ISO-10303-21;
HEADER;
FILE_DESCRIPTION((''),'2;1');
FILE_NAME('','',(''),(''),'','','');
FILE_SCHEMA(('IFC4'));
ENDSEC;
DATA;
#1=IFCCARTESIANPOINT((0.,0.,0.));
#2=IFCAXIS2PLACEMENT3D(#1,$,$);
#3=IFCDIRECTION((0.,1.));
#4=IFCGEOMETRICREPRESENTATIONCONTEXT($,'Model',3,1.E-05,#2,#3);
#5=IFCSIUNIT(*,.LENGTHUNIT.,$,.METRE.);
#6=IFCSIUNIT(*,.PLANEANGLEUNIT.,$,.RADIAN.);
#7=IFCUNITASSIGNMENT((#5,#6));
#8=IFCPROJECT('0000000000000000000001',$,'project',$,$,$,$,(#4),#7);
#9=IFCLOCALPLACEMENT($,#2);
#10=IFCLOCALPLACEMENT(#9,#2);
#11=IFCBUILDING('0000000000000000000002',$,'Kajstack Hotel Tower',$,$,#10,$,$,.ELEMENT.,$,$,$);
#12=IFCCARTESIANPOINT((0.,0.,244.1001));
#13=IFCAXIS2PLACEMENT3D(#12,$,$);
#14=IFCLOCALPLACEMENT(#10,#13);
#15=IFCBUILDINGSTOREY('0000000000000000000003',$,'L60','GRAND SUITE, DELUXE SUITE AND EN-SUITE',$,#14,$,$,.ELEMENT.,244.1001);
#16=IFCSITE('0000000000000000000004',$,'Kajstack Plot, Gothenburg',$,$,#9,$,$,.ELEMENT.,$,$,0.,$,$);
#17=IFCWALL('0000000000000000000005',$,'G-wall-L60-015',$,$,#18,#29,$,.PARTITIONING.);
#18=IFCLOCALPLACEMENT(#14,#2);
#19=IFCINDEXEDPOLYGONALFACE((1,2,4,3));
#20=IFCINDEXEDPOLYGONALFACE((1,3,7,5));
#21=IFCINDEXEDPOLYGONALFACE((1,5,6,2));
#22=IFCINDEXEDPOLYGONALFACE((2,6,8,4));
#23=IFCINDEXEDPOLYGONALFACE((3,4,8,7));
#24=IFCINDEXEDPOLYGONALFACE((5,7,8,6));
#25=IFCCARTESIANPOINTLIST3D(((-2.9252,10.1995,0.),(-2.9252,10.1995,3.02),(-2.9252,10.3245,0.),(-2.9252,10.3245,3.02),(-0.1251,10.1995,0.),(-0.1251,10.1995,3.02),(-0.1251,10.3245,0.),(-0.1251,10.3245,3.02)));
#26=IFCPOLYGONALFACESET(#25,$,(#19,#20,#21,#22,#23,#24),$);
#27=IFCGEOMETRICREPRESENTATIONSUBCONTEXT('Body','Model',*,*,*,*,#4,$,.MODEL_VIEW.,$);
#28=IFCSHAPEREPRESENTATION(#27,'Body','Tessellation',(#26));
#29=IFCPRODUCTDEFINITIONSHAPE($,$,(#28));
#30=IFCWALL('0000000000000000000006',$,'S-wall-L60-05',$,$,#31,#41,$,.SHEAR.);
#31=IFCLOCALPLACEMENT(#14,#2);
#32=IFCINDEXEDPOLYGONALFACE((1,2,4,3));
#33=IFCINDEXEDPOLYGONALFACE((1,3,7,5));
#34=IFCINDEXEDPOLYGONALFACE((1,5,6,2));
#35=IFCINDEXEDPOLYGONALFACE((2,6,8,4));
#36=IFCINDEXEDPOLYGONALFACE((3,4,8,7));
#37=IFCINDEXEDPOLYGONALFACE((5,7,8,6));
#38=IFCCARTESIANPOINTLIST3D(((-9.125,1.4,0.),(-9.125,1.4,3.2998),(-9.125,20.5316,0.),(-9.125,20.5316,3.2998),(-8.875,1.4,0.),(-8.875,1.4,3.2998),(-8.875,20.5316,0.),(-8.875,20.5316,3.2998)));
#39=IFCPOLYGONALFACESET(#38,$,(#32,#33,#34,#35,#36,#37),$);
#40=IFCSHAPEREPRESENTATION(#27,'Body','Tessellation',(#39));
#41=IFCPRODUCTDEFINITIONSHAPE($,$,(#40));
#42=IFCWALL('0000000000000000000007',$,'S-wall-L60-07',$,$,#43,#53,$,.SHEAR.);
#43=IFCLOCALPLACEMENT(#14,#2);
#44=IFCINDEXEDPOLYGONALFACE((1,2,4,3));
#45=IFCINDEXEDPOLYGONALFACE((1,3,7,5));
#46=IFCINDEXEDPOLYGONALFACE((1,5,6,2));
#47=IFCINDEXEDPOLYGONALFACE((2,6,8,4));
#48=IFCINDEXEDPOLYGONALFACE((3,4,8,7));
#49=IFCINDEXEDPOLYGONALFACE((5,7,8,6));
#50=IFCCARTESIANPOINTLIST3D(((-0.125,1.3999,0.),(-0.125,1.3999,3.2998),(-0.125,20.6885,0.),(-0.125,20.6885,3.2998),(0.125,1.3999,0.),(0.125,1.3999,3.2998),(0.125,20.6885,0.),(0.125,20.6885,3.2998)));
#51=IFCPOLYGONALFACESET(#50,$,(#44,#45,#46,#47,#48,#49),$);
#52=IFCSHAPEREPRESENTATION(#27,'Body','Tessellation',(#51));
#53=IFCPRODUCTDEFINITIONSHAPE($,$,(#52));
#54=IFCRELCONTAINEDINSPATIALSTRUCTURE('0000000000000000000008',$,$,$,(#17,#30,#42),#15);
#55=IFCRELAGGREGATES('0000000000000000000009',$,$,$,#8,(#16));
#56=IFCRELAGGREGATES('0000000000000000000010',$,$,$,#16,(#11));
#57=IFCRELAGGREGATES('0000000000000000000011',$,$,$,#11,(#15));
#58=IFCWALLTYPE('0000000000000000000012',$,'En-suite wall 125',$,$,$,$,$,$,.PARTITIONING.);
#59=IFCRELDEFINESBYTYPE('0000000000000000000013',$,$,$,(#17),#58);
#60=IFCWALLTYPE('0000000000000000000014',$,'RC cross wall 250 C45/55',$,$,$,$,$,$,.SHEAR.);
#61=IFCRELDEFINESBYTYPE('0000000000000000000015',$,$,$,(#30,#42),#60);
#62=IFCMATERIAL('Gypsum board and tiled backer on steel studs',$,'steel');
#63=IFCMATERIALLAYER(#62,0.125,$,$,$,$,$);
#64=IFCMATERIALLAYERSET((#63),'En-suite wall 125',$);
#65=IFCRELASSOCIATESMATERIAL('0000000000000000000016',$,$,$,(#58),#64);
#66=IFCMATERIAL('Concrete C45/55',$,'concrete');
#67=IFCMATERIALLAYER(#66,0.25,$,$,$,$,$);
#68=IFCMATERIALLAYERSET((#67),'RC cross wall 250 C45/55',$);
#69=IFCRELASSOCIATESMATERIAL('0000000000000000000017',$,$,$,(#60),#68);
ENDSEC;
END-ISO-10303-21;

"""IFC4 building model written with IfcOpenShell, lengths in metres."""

from ifc_helpers import new_model, si_unit, direction, frame, frame_2d, origin, place, context, subcontext, project, spatial, rectangle, extrude, material, layer, layer_set, type_object, element, save


model = new_model("IFC4")

# Units and contexts
model_context = context("Model", 3, precision=1e-05, world=origin(), true_north=direction((0.0, 1.0)))
body_context = subcontext(model_context, "Body", "Model", "MODEL_VIEW")
ifc_project = project(units=[si_unit("LENGTHUNIT", "METRE"), si_unit("PLANEANGLEUNIT", "RADIAN")], contexts=[model_context])

# Site, building, storey
site_placement = place(None, origin())
site = spatial("IfcSite", under=ifc_project, at=site_placement, Name="Kajstack Plot, Gothenburg", CompositionType="ELEMENT", RefElevation=0.0)
building_placement = place(site_placement, origin())
building = spatial("IfcBuilding", under=site, at=building_placement, Name="Kajstack Hotel Tower", CompositionType="ELEMENT")
storey_placement = place(building_placement, frame((0.0, 0.0, 244.1001)))
storey = spatial("IfcBuildingStorey", under=building, at=storey_placement, Name="L60", Description="GRAND SUITE, DELUXE SUITE AND EN-SUITE", CompositionType="ELEMENT", Elevation=244.1001)

# Shared definitions
ifc_material_1 = material(Name="Gypsum board and tiled backer on steel studs", Category="steel")
ifc_layer_1 = layer(ifc_material_1, 0.125)
ifc_layer_set_1 = layer_set([ifc_layer_1], Name="En-suite wall 125")
wall_type_1 = type_object("IfcWallType", Name="En-suite wall 125", PredefinedType="PARTITIONING", material=ifc_layer_set_1)

# Walls
wall_1_placement = place(storey_placement, frame((-2.925, 10.262, 0.0), z_axis=(0.0, 0.0, 1.0), x_axis=(1.0, 0.0, 0.0)))
element("IfcWall", 1, at=wall_1_placement, inside=storey, type_object=wall_type_1, Name="G-wall-L60-015", PredefinedType="PARTITIONING", context=body_context, shape_type="SweptSolid", body=[
    extrude(rectangle(XDim=2.8, YDim=0.125, at=frame_2d((1.3999, 0.0))), origin(), (0.0, 0.0, 1.0), 3.02),
])
ifc_material_2 = material(Name="Concrete C45/55", Category="concrete")
ifc_layer_2 = layer(ifc_material_2, 0.25)
ifc_layer_set_2 = layer_set([ifc_layer_2], Name="RC cross wall 250 C45/55")
wall_type_2 = type_object("IfcWallType", Name="RC cross wall 250 C45/55", PredefinedType="SHEAR", material=ifc_layer_set_2)
wall_2_placement = place(storey_placement, frame((-9.0, 1.3999, 0.0), z_axis=(0.0, 0.0, 1.0), x_axis=(0.0, 1.0, 0.0)))
element("IfcWall", 2, at=wall_2_placement, inside=storey, type_object=wall_type_2, Name="S-wall-L60-05", PredefinedType="SHEAR", context=body_context, shape_type="SweptSolid", body=[
    extrude(rectangle(XDim=19.1316, YDim=0.25, at=frame_2d((9.5659, 0.0))), origin(), (0.0, 0.0, 1.0), 3.2998),
])
wall_3_placement = place(storey_placement, frame((0.0, 1.3999, 0.0), z_axis=(0.0, 0.0, 1.0), x_axis=(0.0, 1.0, 0.0)))
element("IfcWall", 3, at=wall_3_placement, inside=storey, type_object=wall_type_2, Name="S-wall-L60-07", PredefinedType="SHEAR", context=body_context, shape_type="SweptSolid", body=[
    extrude(rectangle(XDim=19.2886, YDim=0.25, at=frame_2d((9.6443, 0.0))), origin(), (0.0, 0.0, 1.0), 3.2998),
])

save(model, "model.ifc")
